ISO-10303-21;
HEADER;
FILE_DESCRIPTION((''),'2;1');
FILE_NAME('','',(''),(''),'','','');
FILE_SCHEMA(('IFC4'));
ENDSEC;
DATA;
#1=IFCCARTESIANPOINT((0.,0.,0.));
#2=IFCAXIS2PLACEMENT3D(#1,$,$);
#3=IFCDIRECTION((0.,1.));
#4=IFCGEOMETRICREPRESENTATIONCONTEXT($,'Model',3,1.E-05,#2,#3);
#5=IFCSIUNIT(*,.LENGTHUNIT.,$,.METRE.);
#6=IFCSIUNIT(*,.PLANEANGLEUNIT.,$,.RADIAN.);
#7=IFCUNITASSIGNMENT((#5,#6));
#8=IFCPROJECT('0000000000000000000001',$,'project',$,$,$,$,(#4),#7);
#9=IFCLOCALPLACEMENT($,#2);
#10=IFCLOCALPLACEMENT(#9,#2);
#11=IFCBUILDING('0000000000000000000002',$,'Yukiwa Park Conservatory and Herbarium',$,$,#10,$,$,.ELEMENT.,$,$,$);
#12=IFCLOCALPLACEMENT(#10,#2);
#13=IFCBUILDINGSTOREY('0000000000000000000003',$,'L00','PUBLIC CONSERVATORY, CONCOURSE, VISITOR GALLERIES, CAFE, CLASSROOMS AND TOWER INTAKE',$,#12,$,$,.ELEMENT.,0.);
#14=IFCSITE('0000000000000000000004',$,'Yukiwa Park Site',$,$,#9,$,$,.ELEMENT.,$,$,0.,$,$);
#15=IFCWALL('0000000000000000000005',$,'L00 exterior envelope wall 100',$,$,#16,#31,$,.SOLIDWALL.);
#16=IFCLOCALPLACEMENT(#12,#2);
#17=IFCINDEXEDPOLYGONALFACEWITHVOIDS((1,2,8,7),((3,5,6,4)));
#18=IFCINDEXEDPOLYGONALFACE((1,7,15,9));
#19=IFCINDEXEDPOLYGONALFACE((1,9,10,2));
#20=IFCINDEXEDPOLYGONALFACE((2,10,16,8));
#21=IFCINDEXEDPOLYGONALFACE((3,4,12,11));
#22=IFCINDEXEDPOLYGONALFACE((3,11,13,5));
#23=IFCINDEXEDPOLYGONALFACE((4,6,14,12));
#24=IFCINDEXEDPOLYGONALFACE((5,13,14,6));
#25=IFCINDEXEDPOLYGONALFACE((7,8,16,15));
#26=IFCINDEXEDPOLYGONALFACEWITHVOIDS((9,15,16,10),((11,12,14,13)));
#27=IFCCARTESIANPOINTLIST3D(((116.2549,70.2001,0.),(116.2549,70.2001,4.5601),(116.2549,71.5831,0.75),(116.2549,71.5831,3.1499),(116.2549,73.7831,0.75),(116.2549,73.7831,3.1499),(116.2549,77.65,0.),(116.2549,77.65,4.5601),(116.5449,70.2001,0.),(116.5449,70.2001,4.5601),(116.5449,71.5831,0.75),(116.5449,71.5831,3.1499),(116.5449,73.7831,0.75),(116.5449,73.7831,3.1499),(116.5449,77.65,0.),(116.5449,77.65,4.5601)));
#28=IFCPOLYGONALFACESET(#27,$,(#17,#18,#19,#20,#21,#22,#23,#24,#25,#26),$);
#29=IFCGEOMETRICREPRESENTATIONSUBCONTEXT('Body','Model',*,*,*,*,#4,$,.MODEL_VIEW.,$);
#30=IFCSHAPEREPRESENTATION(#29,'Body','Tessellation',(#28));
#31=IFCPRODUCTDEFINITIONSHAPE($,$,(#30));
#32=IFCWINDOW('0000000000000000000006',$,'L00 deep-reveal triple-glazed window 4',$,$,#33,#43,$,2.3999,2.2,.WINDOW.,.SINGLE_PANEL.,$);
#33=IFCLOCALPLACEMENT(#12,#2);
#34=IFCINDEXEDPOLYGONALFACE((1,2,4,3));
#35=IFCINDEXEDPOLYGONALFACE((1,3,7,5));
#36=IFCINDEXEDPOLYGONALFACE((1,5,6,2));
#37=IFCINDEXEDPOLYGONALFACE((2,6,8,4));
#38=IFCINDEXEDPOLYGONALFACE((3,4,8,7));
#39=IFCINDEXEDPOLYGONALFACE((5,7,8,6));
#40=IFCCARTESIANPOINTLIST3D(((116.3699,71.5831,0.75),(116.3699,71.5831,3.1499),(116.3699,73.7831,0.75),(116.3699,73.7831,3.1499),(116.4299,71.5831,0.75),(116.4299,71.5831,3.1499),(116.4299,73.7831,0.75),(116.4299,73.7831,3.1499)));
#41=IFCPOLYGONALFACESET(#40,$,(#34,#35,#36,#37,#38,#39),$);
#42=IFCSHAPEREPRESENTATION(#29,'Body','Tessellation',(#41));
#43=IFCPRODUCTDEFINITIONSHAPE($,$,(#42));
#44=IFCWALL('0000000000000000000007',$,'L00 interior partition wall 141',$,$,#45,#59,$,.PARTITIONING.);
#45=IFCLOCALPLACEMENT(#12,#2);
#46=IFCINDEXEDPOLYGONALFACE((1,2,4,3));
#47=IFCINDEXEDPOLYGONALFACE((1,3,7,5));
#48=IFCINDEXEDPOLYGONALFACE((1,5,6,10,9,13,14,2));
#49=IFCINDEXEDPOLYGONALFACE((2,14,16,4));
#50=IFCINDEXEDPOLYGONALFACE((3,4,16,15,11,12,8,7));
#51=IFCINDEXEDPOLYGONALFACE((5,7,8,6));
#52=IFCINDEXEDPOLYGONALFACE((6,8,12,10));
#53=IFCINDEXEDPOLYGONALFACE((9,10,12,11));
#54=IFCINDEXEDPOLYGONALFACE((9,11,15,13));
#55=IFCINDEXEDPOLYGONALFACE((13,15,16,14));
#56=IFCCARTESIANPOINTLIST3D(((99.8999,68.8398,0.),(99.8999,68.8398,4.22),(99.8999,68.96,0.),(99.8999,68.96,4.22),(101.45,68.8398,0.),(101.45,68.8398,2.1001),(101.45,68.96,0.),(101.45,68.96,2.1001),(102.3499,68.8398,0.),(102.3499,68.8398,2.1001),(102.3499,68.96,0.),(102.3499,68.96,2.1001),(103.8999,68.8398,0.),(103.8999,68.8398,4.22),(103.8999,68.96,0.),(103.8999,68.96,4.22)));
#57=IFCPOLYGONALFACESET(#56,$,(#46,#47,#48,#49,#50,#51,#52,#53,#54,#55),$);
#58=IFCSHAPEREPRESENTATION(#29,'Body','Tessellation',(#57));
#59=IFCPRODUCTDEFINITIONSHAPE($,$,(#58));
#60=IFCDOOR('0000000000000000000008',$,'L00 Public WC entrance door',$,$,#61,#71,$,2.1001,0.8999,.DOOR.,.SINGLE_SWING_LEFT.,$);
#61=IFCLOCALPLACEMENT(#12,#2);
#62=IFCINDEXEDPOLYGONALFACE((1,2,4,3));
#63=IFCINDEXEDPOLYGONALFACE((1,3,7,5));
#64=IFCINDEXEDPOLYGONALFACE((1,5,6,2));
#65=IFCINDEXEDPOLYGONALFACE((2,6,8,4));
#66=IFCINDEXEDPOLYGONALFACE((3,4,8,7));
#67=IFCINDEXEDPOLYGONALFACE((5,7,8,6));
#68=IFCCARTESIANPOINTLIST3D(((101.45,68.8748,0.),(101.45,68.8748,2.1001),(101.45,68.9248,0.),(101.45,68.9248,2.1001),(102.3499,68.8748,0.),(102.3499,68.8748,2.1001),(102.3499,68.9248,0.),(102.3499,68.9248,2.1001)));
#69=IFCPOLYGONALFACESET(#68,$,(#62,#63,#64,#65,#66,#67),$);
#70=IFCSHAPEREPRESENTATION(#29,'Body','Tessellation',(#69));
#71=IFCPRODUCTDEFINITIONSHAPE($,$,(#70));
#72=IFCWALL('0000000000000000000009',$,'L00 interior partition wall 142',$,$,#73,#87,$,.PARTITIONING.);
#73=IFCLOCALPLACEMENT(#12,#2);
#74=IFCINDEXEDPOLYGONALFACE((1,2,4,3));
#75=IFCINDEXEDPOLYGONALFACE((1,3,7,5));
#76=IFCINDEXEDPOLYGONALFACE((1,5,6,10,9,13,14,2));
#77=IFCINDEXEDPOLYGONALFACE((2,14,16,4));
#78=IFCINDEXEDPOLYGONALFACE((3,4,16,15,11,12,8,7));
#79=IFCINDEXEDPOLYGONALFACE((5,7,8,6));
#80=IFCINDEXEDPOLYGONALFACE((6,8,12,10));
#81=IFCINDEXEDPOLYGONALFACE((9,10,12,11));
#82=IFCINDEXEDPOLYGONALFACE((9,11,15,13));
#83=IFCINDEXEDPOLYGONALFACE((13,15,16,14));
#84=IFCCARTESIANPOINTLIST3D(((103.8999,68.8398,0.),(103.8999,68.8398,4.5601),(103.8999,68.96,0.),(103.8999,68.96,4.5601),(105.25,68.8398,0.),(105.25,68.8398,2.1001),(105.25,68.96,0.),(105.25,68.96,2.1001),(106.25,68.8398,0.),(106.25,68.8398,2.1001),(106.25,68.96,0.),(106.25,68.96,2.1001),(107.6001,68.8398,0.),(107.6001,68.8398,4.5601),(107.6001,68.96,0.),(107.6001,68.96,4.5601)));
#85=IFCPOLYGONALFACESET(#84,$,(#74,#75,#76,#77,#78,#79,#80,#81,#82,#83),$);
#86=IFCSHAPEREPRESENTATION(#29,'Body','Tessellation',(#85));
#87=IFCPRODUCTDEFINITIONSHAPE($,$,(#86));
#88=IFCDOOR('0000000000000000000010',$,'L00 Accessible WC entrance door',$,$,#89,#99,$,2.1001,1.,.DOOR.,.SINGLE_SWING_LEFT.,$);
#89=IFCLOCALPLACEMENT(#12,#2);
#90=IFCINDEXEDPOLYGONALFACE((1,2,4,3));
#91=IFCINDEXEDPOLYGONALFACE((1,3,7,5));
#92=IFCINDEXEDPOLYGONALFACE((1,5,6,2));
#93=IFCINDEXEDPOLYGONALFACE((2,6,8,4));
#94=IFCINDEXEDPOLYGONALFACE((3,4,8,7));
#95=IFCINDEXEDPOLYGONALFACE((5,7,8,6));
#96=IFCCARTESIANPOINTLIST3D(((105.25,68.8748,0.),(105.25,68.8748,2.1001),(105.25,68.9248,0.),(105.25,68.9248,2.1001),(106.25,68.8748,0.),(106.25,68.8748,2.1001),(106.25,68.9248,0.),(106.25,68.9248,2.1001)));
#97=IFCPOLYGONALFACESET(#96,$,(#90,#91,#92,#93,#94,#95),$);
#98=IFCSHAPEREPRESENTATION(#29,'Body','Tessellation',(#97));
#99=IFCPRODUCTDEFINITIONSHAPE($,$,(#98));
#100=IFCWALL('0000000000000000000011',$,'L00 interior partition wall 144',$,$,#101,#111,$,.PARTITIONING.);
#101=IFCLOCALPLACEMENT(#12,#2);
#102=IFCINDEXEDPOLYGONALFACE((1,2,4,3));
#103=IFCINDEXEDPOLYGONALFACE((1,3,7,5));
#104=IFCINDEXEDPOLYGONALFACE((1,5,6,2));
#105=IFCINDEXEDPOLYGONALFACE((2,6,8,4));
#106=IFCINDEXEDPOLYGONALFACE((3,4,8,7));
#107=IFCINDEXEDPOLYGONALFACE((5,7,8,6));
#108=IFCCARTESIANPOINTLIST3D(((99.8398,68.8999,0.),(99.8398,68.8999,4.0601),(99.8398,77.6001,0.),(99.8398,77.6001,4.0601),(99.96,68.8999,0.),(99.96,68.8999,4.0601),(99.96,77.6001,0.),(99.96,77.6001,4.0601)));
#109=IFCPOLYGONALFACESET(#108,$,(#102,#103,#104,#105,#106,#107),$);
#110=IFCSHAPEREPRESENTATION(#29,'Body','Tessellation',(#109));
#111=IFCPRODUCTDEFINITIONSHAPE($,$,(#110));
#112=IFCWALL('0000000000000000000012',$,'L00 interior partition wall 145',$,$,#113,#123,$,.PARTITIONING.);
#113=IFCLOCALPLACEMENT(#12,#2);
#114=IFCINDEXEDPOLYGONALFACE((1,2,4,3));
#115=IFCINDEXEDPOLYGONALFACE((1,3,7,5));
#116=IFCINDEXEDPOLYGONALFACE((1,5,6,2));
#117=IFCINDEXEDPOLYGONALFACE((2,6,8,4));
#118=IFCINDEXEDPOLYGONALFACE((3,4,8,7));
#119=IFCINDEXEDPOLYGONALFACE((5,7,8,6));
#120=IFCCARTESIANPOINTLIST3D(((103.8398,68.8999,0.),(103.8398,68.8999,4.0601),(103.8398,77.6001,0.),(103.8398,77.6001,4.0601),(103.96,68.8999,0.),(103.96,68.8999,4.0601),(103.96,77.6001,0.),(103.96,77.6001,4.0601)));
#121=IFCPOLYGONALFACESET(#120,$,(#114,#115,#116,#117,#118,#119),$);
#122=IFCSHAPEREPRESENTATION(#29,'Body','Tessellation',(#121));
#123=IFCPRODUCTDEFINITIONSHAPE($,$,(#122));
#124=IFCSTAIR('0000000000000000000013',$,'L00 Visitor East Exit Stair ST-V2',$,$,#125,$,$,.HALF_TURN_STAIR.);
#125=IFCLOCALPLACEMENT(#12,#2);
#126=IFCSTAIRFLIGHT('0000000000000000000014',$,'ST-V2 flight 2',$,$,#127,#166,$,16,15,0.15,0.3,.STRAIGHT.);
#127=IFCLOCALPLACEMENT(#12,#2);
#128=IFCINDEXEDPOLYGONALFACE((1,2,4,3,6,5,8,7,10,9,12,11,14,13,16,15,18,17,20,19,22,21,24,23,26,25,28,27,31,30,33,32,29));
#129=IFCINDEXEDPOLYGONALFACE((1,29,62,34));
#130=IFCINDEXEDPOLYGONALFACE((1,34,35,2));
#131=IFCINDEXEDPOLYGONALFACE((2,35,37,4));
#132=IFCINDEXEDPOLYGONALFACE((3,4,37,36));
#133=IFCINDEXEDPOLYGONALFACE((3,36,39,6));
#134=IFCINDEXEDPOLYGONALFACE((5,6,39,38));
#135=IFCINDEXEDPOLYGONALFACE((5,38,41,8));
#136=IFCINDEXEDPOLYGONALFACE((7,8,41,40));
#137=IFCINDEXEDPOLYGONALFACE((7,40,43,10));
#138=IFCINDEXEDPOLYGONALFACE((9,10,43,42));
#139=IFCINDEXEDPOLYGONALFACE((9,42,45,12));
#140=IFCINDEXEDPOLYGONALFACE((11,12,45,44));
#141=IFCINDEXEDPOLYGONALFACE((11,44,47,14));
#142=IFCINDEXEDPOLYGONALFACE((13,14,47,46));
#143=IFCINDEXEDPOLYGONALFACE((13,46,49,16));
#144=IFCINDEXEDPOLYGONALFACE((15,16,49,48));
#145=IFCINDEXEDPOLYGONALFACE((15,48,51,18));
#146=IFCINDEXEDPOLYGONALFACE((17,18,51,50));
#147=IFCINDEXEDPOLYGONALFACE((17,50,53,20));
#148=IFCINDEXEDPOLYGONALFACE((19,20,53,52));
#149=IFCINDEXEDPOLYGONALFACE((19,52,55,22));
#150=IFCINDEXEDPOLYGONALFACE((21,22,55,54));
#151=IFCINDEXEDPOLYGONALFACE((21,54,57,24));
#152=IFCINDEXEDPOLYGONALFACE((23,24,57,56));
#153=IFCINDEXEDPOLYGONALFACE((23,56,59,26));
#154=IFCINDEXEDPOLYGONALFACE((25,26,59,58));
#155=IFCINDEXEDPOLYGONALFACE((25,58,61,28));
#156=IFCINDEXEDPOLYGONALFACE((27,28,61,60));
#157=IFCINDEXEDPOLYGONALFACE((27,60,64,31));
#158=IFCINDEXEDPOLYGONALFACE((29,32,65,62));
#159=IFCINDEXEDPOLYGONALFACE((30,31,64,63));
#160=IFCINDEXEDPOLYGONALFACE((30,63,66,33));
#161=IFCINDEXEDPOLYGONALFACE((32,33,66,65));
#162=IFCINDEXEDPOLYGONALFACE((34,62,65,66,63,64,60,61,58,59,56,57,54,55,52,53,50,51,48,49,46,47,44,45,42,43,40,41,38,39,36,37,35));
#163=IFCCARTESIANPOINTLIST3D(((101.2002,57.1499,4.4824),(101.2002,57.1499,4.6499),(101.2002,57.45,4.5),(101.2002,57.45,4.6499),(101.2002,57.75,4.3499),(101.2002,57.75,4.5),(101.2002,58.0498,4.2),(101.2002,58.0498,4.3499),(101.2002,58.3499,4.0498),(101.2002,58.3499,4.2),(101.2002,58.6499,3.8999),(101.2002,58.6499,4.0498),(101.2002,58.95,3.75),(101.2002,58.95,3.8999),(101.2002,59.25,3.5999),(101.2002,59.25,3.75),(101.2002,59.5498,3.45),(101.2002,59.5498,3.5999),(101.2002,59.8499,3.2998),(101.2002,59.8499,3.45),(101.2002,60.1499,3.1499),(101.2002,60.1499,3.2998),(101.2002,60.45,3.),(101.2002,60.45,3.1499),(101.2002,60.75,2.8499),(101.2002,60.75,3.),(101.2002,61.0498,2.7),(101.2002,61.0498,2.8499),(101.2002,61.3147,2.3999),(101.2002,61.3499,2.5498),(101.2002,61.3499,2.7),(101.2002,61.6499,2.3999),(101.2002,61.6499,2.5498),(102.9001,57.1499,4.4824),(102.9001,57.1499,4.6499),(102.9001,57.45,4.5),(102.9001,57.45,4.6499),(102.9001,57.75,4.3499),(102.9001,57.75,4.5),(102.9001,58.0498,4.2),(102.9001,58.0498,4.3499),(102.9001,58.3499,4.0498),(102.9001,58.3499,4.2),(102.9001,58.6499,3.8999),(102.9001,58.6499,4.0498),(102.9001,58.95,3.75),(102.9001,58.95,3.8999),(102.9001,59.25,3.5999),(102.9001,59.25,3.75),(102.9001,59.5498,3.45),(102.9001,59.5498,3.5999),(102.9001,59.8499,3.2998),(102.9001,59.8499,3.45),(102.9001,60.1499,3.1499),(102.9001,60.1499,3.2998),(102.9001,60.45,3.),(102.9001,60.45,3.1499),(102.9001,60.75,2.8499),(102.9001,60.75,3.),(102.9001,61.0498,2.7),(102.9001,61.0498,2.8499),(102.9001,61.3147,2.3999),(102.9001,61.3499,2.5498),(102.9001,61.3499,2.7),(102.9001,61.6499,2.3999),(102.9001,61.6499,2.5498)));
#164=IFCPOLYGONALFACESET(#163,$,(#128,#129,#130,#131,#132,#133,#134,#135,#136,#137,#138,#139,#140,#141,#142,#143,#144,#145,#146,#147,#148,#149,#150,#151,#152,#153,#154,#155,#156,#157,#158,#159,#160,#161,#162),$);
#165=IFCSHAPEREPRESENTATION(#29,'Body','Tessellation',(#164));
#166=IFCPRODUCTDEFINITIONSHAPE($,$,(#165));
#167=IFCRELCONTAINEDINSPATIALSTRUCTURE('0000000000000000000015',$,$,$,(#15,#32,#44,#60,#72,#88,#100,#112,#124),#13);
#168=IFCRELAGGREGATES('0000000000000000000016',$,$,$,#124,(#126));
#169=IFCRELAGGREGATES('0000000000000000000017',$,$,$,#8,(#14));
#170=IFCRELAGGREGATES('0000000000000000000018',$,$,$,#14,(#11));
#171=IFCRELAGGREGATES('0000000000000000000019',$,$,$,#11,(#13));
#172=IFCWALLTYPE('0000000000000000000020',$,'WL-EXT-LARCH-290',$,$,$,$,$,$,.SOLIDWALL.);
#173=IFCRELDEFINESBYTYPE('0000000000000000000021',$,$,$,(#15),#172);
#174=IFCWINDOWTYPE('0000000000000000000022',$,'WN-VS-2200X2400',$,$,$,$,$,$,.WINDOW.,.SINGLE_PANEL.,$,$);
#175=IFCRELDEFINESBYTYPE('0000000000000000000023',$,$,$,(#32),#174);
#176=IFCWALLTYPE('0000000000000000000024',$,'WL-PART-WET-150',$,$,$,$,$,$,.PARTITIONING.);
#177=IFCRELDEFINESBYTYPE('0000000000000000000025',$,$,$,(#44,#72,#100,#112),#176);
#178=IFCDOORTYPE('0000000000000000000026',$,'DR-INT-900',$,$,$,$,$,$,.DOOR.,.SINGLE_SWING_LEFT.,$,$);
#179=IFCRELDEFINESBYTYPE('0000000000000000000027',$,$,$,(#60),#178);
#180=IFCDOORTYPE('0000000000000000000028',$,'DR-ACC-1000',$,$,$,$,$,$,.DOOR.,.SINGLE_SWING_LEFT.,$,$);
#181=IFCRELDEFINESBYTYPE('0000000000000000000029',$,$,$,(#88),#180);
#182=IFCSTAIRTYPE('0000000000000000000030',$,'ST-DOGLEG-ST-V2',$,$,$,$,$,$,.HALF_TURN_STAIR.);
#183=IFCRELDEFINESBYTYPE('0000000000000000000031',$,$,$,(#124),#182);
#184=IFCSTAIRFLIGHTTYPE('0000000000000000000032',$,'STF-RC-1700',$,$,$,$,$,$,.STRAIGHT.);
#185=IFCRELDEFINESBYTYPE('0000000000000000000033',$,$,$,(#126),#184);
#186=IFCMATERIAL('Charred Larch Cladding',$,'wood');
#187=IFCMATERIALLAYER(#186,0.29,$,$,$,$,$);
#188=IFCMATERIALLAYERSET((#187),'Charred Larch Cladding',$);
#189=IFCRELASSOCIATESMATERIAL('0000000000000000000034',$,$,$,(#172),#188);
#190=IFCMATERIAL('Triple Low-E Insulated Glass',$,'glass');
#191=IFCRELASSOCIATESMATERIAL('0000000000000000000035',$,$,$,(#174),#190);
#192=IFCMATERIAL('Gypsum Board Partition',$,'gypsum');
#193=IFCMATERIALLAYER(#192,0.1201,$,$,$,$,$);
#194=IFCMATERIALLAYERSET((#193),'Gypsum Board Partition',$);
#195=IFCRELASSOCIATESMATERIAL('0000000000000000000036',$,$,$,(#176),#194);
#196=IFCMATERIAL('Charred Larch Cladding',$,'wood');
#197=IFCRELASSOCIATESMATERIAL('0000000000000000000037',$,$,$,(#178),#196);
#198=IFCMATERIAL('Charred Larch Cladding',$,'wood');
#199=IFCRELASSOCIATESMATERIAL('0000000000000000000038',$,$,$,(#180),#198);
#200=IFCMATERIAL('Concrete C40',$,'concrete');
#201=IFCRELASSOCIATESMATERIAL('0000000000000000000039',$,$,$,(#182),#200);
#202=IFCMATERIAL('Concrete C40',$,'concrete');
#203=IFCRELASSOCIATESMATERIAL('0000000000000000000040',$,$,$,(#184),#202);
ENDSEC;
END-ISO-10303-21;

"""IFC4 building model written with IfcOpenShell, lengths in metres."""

from ifc_helpers import new_model, si_unit, direction, frame, frame_2d, origin, place, context, subcontext, project, spatial, polyline, rectangle, outline, extrude, material, layer, layer_set, type_object, element, fill, aggregate, save


model = new_model("IFC4")

# Units and contexts
model_context = context("Model", 3, precision=1e-05, world=origin(), true_north=direction((0.0, 1.0)))
body_context = subcontext(model_context, "Body", "Model", "MODEL_VIEW")
ifc_project = project(units=[si_unit("LENGTHUNIT", "METRE"), si_unit("PLANEANGLEUNIT", "RADIAN")], contexts=[model_context])

# Site, building, storey
site_placement = place(None, origin())
site = spatial("IfcSite", under=ifc_project, at=site_placement, Name="Yukiwa Park Site", CompositionType="ELEMENT", RefElevation=0.0)
building_placement = place(site_placement, origin())
building = spatial("IfcBuilding", under=site, at=building_placement, Name="Yukiwa Park Conservatory and Herbarium", CompositionType="ELEMENT")
storey_placement = place(building_placement, origin())
storey = spatial("IfcBuildingStorey", under=building, at=storey_placement, Name="L00", Description="PUBLIC CONSERVATORY, CONCOURSE, VISITOR GALLERIES, CAFE, CLASSROOMS AND TOWER INTAKE", CompositionType="ELEMENT", Elevation=0.0)

# Shared definitions
ifc_material_1 = material(Name="Charred Larch Cladding", Category="wood")
ifc_layer_1 = layer(ifc_material_1, 0.29)
ifc_layer_set_1 = layer_set([ifc_layer_1], Name="Charred Larch Cladding")
wall_type_1 = type_object("IfcWallType", Name="WL-EXT-LARCH-290", PredefinedType="SOLIDWALL", material=ifc_layer_set_1)

# Wall, opening, window
wall_1_placement = place(storey_placement, frame((116.3999, 70.2, 0.0), z_axis=(0.0, 0.0, 1.0), x_axis=(0.0, 1.0, 0.0)))
wall_1 = element("IfcWall", 1, at=wall_1_placement, inside=storey, type_object=wall_type_1, Name="L00 exterior envelope wall 100", PredefinedType="SOLIDWALL", context=body_context, shape_type="SweptSolid", body=[
    extrude(rectangle(XDim=7.45, YDim=0.29, at=frame_2d((3.7251, 0.0))), origin(), (0.0, 0.0, 1.0), 4.5601),
])
opening_1_placement = place(wall_1_placement, frame((1.3831, 0.0, 0.75)))
opening_1 = element("IfcOpeningElement", 2, at=opening_1_placement, cuts=wall_1, PredefinedType="OPENING", context=body_context, shape_type="SweptSolid", body=[
    extrude(rectangle(XDim=2.2, YDim=2.3999, at=frame_2d((1.1001, 1.2))), frame((0.0, 0.155, 0.0), z_axis=(0.0, -1.0, 0.0), x_axis=(1.0, 0.0, 0.0)), (0.0, 0.0, 1.0), 0.3101),
])
ifc_material_2 = material(Name="Triple Low-E Insulated Glass", Category="glass")
window_type_1 = type_object("IfcWindowType", Name="WN-VS-2200X2400", PartitioningType="SINGLE_PANEL", PredefinedType="WINDOW", material=ifc_material_2)
window_1_placement = place(opening_1_placement, origin())
window_1 = element("IfcWindow", 3, at=window_1_placement, inside=storey, type_object=window_type_1, Name="L00 deep-reveal triple-glazed window 4", OverallHeight=2.3999, OverallWidth=2.2, PartitioningType="SINGLE_PANEL", PredefinedType="WINDOW", context=body_context, shape_type="SweptSolid", body=[
    extrude(rectangle(XDim=2.2, YDim=2.3999, at=frame_2d((1.1001, 1.2))), frame((0.0, 0.03, 0.0), z_axis=(0.0, -1.0, 0.0), x_axis=(1.0, 0.0, 0.0)), (0.0, 0.0, 1.0), 0.0601),
])
fill(opening_1, window_1)

# Walls, openings, doors
ifc_material_3 = material(Name="Gypsum Board Partition", Category="gypsum")
ifc_layer_2 = layer(ifc_material_3, 0.1201)
ifc_layer_set_2 = layer_set([ifc_layer_2], Name="Gypsum Board Partition")
wall_type_2 = type_object("IfcWallType", Name="WL-PART-WET-150", PredefinedType="PARTITIONING", material=ifc_layer_set_2)
wall_2_placement = place(storey_placement, frame((99.8999, 68.8999, 0.0), z_axis=(0.0, 0.0, 1.0), x_axis=(1.0, 0.0, 0.0)))
wall_2 = element("IfcWall", 4, at=wall_2_placement, inside=storey, type_object=wall_type_2, Name="L00 interior partition wall 141", PredefinedType="PARTITIONING", context=body_context, shape_type="SweptSolid", body=[
    extrude(rectangle(XDim=4.0, YDim=0.1201, at=frame_2d((2.0, 0.0))), origin(), (0.0, 0.0, 1.0), 4.22),
])
opening_2_placement = place(wall_2_placement, frame((1.55, 0.0, 0.0)))
opening_2 = element("IfcOpeningElement", 5, at=opening_2_placement, cuts=wall_2, PredefinedType="OPENING", context=body_context, shape_type="SweptSolid", body=[
    extrude(rectangle(XDim=0.8999, YDim=2.1001, at=frame_2d((0.45, 1.05))), frame((0.0, 0.0701, 0.0), z_axis=(0.0, -1.0, 0.0), x_axis=(1.0, 0.0, 0.0)), (0.0, 0.0, 1.0), 0.1401),
])
ifc_material_4 = material(Name="Charred Larch Cladding", Category="wood")
door_type_1 = type_object("IfcDoorType", Name="DR-INT-900", OperationType="SINGLE_SWING_LEFT", PredefinedType="DOOR", material=ifc_material_4)
door_1_placement = place(opening_2_placement, origin())
door_1 = element("IfcDoor", 6, at=door_1_placement, inside=storey, type_object=door_type_1, Name="L00 Public WC entrance door", OperationType="SINGLE_SWING_LEFT", OverallHeight=2.1001, OverallWidth=0.8999, PredefinedType="DOOR", context=body_context, shape_type="SweptSolid", body=[
    extrude(rectangle(XDim=0.8999, YDim=2.1001, at=frame_2d((0.45, 1.05))), frame((0.0, 0.0249, 0.0), z_axis=(0.0, -1.0, 0.0), x_axis=(1.0, 0.0, 0.0)), (0.0, 0.0, 1.0), 0.05),
])
fill(opening_2, door_1)
wall_3_placement = place(storey_placement, frame((103.8999, 68.8999, 0.0), z_axis=(0.0, 0.0, 1.0), x_axis=(1.0, 0.0, 0.0)))
wall_3 = element("IfcWall", 7, at=wall_3_placement, inside=storey, type_object=wall_type_2, Name="L00 interior partition wall 142", PredefinedType="PARTITIONING", context=body_context, shape_type="SweptSolid", body=[
    extrude(rectangle(XDim=3.7002, YDim=0.1201, at=frame_2d((1.8501, 0.0))), origin(), (0.0, 0.0, 1.0), 4.5601),
])
opening_3_placement = place(wall_3_placement, frame((1.3501, 0.0, 0.0)))
opening_3 = element("IfcOpeningElement", 8, at=opening_3_placement, cuts=wall_3, PredefinedType="OPENING", context=body_context, shape_type="SweptSolid", body=[
    extrude(rectangle(XDim=1.0, YDim=2.1001, at=frame_2d((0.5, 1.05))), frame((0.0, 0.0701, 0.0), z_axis=(0.0, -1.0, 0.0), x_axis=(1.0, 0.0, 0.0)), (0.0, 0.0, 1.0), 0.1401),
])
ifc_material_5 = material(Name="Charred Larch Cladding", Category="wood")
door_type_2 = type_object("IfcDoorType", Name="DR-ACC-1000", OperationType="SINGLE_SWING_LEFT", PredefinedType="DOOR", material=ifc_material_5)
door_2_placement = place(opening_3_placement, origin())
door_2 = element("IfcDoor", 9, at=door_2_placement, inside=storey, type_object=door_type_2, Name="L00 Accessible WC entrance door", OperationType="SINGLE_SWING_LEFT", OverallHeight=2.1001, OverallWidth=1.0, PredefinedType="DOOR", context=body_context, shape_type="SweptSolid", body=[
    extrude(rectangle(XDim=1.0, YDim=2.1001, at=frame_2d((0.5, 1.05))), frame((0.0, 0.0249, 0.0), z_axis=(0.0, -1.0, 0.0), x_axis=(1.0, 0.0, 0.0)), (0.0, 0.0, 1.0), 0.05),
])
fill(opening_3, door_2)

# Walls
for number, where, z_axis, x_axis, name in (
    (10, (99.8999, 68.8999, 0.0), (0.0, 0.0, 1.0), (0.0, 1.0, 0.0), "L00 interior partition wall 144"),
    (11, (103.8999, 68.8999, 0.0), (0.0, 0.0, 1.0), (0.0, 1.0, 0.0), "L00 interior partition wall 145"),
):
    element("IfcWall", number, at=place(storey_placement, frame(where, z_axis=z_axis, x_axis=x_axis)), inside=storey, type_object=wall_type_2, Name=name, PredefinedType="PARTITIONING", context=body_context, shape_type="SweptSolid", body=[
        extrude(rectangle(XDim=8.7002, YDim=0.1201, at=frame_2d((4.3501, 0.0))), origin(), (0.0, 0.0, 1.0), 4.0601),
    ])

# Stair, stair flight
ifc_material_6 = material(Name="Concrete C40", Category="concrete")
stair_type = type_object("IfcStairType", Name="ST-DOGLEG-ST-V2", PredefinedType="HALF_TURN_STAIR", material=ifc_material_6)
stair_placement = place(storey_placement, origin())
stair = element("IfcStair", 12, at=stair_placement, inside=storey, type_object=stair_type, Name="L00 Visitor East Exit Stair ST-V2", PredefinedType="HALF_TURN_STAIR")
ifc_material_7 = material(Name="Concrete C40", Category="concrete")
stair_flight_type = type_object("IfcStairFlightType", Name="STF-RC-1700", PredefinedType="STRAIGHT", material=ifc_material_7)
stair_flight_placement = place(storey_placement, frame((102.05, 61.6499, 2.3999), z_axis=(0.0, 0.0, 1.0), x_axis=(0.0, -1.0, 0.0)))
stair_flight = element("IfcStairFlight", 13, at=stair_flight_placement, type_object=stair_flight_type, Name="ST-V2 flight 2", NumberOfRisers=16, NumberOfTreads=15, PredefinedType="STRAIGHT", RiserHeight=0.15, TreadLength=0.3, context=body_context, shape_type="SweptSolid", body=[
    extrude(outline(polyline([(0.0, 0.0), (0.0, 0.1499), (0.3, 0.1499), (0.3, 0.3), (0.6001, 0.3), (0.6001, 0.45), (0.8999, 0.45), (0.8999, 0.6001), (1.2, 0.6001), (1.2, 0.75), (1.5, 0.75), (1.5, 0.8999), (1.8, 0.8999), (1.8, 1.05), (2.1001, 1.05), (2.1001, 1.2), (2.3999, 1.2), (2.3999, 1.3501), (2.7, 1.3501), (2.7, 1.5), (3.0, 1.5), (3.0, 1.6499), (3.3, 1.6499), (3.3, 1.8), (3.6001, 1.8), (3.6001, 1.95), (3.8999, 1.95), (3.8999, 2.1001), (4.2, 2.1001), (4.2, 2.25), (4.5, 2.25), (4.5, 2.3999), (4.5, 2.0825), (0.3352, 0.0), (0.0, 0.0)])), frame((0.0, 0.8501, 0.0), z_axis=(0.0, -1.0, 0.0), x_axis=(1.0, 0.0, 0.0)), (0.0, 0.0, 1.0), 1.7),
])
aggregate(stair, [stair_flight])

save(model, "model.ifc")
